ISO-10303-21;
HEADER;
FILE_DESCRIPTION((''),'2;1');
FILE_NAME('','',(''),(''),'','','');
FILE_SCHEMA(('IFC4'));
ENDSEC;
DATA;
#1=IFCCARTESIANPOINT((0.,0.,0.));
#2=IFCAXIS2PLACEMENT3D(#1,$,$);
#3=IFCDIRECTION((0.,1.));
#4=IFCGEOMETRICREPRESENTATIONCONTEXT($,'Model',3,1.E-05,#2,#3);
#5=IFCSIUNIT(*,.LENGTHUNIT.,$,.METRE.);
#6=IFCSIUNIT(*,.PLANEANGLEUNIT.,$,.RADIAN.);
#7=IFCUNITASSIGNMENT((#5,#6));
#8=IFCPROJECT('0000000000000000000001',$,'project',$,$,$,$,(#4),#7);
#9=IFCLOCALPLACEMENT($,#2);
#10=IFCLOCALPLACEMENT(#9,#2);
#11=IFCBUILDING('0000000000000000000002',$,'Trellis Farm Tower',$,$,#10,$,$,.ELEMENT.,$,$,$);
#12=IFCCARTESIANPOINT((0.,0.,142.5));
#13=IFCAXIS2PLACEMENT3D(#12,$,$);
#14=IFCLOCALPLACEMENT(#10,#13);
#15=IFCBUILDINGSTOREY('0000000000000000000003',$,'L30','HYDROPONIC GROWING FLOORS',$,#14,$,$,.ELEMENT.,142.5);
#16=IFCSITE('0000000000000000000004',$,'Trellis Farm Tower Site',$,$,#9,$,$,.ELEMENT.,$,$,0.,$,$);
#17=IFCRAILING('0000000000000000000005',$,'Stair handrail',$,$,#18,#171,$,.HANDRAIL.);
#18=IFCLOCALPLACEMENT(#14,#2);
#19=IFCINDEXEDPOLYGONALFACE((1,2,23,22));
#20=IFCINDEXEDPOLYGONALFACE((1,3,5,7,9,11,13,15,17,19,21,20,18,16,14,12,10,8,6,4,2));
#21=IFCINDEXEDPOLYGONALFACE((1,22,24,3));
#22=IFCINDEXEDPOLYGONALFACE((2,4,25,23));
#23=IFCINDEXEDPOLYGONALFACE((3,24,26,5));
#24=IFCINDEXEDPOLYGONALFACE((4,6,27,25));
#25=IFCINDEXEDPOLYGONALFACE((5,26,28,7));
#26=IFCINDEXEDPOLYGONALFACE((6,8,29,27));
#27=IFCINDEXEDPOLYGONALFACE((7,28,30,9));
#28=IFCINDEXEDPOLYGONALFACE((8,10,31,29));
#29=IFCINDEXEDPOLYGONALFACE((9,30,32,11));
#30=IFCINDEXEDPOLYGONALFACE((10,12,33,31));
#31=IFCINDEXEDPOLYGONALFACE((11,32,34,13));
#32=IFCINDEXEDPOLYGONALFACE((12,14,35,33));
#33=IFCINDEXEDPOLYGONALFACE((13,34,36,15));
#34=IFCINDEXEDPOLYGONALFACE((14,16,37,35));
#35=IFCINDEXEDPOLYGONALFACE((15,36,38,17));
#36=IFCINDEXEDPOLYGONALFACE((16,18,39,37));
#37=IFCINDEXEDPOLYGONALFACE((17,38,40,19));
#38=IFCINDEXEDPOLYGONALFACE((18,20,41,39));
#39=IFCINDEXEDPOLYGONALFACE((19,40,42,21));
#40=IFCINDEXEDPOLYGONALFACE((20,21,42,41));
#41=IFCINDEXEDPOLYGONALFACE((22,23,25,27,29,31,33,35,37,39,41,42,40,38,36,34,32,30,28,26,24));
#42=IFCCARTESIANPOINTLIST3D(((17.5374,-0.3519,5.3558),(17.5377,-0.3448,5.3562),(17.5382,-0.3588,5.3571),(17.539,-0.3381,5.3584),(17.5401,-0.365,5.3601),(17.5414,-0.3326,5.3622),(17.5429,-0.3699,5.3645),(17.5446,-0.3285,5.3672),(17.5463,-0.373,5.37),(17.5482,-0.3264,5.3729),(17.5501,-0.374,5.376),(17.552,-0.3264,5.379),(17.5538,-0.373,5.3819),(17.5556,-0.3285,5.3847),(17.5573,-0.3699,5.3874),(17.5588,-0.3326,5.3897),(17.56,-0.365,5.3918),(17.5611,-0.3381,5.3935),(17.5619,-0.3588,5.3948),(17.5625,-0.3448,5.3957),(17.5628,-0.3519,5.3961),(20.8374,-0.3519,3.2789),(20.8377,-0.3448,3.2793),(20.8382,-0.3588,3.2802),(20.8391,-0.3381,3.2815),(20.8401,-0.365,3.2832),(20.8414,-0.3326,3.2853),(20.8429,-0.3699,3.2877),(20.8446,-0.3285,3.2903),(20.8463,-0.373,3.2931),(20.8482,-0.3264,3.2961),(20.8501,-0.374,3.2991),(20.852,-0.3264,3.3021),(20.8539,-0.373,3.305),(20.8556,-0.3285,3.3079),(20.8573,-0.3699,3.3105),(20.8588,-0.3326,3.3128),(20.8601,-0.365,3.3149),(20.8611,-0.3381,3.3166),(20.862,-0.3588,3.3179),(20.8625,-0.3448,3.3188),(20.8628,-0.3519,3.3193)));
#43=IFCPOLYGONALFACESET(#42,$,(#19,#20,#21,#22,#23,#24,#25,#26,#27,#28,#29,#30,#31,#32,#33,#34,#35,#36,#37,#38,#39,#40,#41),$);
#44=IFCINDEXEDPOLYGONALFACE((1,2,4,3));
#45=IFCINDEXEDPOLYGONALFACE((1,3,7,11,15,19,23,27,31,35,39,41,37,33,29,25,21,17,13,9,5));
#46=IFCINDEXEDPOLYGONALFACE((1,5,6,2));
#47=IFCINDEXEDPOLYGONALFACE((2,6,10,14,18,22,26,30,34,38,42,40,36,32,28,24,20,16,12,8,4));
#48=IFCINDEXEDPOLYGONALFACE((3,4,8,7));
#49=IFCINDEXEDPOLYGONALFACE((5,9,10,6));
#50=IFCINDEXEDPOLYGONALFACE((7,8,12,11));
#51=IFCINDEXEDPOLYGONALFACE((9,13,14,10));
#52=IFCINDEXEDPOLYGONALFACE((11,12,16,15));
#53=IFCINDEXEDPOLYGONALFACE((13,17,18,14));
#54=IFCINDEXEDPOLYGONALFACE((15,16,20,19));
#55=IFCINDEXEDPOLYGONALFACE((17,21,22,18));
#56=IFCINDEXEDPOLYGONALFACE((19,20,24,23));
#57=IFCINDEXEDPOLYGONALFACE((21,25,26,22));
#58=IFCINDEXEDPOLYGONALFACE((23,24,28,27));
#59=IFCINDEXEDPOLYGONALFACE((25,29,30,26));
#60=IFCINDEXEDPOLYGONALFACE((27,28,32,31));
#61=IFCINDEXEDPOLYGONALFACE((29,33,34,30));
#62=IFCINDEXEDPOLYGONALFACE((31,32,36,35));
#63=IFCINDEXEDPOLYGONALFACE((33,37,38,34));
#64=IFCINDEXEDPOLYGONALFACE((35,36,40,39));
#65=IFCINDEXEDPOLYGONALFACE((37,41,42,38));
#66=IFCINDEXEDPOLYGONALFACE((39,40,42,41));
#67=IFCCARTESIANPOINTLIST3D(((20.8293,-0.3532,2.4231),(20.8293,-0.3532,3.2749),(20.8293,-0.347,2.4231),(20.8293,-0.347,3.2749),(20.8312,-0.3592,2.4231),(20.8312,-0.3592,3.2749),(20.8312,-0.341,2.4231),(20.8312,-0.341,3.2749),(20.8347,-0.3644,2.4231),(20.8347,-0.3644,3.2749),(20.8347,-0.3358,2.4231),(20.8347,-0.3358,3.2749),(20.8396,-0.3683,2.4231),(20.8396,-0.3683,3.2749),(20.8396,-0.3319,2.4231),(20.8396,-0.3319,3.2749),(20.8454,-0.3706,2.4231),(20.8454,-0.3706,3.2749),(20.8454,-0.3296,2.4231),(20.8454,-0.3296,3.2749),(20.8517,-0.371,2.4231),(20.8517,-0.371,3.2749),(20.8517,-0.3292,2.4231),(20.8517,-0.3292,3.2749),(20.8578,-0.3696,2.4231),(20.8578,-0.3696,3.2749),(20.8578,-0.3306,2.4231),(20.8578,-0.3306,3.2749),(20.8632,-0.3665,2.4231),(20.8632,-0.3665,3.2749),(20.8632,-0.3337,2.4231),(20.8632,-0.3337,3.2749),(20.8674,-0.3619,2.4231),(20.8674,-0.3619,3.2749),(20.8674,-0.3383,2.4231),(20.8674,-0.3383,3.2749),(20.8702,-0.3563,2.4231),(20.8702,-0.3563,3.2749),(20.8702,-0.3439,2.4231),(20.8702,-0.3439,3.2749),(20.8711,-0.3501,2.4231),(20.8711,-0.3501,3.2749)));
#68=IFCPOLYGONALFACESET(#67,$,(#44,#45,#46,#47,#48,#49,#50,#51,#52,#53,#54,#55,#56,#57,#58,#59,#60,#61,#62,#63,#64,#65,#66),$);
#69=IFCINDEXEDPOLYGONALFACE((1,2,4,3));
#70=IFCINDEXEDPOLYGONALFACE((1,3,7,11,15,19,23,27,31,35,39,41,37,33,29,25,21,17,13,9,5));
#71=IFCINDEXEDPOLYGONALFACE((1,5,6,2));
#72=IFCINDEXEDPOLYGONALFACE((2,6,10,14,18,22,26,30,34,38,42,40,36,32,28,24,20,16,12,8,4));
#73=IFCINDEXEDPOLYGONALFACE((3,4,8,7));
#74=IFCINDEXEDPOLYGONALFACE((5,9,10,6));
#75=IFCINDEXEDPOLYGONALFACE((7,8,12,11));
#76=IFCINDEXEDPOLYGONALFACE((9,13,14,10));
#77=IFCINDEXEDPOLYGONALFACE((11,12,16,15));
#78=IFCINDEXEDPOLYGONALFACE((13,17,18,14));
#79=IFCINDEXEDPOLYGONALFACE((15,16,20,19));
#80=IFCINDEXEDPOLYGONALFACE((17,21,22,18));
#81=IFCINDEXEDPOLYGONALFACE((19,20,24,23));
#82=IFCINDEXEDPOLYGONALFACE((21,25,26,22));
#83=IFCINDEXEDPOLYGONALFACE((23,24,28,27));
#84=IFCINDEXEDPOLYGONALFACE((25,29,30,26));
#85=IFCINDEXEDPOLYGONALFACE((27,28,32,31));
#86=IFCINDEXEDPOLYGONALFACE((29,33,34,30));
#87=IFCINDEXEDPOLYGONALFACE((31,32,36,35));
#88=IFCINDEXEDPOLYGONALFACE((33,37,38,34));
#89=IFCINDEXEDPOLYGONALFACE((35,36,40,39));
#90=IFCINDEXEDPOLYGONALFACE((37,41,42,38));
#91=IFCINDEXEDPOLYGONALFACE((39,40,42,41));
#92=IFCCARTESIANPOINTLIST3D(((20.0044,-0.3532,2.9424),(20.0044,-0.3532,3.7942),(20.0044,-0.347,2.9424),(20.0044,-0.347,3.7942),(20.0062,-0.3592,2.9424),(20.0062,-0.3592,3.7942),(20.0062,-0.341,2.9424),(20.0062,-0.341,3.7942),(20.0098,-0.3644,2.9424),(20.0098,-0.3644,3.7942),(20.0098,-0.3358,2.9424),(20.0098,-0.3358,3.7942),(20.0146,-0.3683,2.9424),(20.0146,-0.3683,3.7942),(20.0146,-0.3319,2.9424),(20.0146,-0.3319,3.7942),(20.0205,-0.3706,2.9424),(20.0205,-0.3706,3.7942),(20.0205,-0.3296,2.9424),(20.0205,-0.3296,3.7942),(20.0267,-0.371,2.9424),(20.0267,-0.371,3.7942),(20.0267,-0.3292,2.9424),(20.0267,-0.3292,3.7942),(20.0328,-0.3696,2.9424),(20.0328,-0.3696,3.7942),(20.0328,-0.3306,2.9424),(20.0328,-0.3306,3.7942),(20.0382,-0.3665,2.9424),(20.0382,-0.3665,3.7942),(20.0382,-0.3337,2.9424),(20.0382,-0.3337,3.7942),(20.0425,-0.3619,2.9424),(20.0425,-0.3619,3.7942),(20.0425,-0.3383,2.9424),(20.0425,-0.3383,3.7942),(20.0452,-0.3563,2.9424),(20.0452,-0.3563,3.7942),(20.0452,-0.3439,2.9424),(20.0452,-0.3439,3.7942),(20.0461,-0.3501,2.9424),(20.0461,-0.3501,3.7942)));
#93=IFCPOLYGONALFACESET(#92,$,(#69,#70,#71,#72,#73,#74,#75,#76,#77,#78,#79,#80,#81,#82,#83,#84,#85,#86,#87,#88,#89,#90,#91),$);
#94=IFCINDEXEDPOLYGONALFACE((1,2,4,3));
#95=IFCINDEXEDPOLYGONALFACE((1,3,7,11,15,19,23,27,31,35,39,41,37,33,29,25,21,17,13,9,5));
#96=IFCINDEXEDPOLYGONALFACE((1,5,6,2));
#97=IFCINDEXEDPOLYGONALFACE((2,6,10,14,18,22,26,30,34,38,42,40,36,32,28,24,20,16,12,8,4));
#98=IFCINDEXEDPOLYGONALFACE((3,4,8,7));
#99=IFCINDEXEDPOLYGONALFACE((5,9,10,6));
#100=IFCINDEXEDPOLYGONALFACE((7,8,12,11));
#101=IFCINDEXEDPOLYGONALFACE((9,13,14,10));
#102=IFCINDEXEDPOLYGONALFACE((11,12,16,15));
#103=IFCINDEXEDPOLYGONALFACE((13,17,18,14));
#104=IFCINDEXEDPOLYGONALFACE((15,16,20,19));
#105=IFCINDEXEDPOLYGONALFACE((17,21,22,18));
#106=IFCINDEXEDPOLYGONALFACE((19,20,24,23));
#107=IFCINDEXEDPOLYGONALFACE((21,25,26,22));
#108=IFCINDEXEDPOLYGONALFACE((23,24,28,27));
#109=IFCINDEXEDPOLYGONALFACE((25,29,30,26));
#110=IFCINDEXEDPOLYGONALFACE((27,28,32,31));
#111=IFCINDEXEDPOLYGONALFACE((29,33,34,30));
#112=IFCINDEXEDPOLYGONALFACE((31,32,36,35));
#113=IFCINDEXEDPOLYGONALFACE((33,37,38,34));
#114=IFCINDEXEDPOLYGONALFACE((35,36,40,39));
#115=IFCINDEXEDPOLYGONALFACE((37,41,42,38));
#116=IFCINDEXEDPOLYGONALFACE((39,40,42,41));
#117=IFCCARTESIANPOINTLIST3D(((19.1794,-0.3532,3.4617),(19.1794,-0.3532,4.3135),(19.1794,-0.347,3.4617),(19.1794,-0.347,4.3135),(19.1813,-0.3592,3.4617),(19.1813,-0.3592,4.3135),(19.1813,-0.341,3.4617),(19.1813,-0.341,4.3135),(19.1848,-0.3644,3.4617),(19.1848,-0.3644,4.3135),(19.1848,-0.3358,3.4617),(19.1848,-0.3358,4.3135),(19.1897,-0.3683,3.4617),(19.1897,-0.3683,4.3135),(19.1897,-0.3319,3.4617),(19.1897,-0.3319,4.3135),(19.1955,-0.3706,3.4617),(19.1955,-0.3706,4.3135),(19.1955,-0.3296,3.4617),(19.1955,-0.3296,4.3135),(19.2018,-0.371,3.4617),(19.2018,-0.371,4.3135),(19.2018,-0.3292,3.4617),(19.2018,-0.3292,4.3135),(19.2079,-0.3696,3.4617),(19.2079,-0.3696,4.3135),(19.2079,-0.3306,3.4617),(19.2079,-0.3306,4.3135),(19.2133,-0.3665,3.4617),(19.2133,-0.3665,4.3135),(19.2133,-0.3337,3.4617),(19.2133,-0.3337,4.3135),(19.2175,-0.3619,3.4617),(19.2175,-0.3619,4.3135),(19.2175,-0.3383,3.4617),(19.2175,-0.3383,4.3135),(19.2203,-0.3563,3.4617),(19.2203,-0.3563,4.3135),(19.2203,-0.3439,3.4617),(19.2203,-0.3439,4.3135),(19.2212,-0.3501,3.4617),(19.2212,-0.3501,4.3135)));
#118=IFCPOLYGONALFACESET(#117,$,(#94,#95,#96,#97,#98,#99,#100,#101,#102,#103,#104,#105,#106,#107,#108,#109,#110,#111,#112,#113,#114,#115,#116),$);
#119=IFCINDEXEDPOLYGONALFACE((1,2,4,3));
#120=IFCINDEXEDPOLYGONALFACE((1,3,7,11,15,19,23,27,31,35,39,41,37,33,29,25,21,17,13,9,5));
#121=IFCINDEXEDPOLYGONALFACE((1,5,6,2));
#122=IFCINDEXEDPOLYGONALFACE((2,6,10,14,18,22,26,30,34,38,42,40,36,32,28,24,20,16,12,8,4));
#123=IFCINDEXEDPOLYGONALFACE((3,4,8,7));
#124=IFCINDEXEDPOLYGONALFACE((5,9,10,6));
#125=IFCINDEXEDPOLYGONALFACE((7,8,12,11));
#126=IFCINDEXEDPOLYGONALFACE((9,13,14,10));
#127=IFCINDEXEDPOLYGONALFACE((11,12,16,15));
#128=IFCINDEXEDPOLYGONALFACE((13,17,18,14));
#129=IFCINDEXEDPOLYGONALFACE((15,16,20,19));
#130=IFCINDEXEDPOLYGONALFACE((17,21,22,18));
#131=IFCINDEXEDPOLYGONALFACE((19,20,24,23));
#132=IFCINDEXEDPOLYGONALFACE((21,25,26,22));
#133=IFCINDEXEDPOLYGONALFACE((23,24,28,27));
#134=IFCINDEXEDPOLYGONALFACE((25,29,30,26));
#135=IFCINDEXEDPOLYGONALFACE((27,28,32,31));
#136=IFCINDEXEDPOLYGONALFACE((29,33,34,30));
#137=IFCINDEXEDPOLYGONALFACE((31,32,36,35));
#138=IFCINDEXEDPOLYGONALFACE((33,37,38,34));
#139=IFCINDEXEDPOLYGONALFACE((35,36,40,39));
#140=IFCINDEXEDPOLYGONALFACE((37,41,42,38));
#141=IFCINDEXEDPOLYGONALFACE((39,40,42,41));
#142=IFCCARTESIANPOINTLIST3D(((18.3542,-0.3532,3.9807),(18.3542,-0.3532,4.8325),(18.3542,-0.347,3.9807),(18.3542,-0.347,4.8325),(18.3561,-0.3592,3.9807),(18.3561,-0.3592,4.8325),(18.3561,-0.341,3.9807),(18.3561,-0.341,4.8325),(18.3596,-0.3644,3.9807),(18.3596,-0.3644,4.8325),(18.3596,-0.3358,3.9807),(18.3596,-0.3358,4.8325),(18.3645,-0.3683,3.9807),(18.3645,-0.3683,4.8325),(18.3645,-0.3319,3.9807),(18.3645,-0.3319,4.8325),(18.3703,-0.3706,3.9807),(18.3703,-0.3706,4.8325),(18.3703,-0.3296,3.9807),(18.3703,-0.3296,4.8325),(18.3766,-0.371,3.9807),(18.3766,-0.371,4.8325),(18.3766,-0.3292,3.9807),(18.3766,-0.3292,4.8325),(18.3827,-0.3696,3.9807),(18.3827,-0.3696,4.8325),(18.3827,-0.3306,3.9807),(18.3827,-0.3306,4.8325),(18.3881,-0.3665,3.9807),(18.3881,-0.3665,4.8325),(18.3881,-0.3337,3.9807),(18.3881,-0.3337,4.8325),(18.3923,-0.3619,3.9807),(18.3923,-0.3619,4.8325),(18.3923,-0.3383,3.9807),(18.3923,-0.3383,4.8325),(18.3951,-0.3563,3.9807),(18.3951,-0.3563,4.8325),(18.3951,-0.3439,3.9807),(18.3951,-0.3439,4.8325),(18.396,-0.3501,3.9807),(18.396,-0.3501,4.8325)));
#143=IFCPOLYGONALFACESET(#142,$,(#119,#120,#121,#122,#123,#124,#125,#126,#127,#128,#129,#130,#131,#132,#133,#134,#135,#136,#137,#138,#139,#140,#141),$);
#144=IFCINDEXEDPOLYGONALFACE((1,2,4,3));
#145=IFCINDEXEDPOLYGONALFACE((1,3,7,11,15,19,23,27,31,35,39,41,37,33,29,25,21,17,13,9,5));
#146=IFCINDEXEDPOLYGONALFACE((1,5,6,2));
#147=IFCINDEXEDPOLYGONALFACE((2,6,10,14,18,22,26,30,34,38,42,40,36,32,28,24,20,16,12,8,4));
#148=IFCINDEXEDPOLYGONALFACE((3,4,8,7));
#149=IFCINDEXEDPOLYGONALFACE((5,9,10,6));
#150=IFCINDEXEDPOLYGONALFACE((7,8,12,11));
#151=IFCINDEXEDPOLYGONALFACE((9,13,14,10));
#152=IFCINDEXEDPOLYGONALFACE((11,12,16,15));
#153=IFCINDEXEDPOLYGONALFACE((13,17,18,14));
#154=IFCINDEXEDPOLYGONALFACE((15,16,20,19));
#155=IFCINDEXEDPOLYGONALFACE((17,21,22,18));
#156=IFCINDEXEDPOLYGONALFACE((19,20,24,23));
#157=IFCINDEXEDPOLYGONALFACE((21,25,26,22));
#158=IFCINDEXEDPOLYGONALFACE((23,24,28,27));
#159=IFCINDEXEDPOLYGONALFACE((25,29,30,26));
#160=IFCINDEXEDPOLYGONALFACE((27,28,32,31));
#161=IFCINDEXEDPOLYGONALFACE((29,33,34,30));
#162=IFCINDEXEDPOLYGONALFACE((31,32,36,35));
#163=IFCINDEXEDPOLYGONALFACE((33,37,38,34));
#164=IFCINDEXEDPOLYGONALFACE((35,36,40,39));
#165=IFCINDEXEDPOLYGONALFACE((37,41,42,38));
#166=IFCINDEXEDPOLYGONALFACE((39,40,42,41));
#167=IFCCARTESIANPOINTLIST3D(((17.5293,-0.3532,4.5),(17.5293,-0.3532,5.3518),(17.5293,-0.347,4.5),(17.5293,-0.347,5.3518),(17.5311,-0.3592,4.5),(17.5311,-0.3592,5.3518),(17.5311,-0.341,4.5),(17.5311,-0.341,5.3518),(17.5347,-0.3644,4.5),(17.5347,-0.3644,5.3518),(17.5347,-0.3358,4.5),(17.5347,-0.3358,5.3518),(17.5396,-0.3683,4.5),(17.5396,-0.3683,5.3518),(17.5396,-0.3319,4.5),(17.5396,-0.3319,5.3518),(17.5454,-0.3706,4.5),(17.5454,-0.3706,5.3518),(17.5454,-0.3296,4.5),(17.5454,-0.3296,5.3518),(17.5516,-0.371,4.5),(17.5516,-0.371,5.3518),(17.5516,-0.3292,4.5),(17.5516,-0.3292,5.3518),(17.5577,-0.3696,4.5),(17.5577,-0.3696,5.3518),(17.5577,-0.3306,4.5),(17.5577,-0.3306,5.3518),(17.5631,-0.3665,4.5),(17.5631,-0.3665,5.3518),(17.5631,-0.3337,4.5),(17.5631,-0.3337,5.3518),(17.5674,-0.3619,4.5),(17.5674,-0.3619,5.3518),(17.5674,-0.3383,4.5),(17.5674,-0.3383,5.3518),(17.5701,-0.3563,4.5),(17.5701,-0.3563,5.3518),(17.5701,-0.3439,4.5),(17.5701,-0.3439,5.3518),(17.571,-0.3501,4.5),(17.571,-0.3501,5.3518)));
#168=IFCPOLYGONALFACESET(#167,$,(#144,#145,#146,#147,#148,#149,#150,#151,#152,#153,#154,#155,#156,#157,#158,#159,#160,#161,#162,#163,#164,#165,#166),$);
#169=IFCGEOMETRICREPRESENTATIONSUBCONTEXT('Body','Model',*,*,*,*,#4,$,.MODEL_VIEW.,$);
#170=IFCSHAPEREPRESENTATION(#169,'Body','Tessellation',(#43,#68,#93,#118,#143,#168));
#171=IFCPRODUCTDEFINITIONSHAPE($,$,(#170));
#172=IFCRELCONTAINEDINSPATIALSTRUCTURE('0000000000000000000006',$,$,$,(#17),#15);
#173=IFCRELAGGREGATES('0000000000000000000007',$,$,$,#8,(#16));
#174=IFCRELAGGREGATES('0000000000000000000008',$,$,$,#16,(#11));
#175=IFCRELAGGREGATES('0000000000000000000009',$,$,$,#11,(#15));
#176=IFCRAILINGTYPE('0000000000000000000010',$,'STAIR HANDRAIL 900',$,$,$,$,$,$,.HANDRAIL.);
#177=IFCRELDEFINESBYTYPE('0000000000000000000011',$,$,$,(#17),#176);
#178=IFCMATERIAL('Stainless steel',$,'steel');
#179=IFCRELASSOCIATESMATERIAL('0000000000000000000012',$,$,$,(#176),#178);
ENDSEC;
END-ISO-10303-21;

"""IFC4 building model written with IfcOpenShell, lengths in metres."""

from ifc_helpers import new_model, si_unit, direction, frame, origin, origin_2d, place, context, subcontext, project, spatial, circle, extrude, source, transform, mapped, material, type_object, element, save


model = new_model("IFC4")

# Units and contexts
model_context = context("Model", 3, precision=1e-05, world=origin(), true_north=direction((0.0, 1.0)))
body_context = subcontext(model_context, "Body", "Model", "MODEL_VIEW")
ifc_project = project(units=[si_unit("LENGTHUNIT", "METRE"), si_unit("PLANEANGLEUNIT", "RADIAN")], contexts=[model_context])

# Site, building, storey
site_placement = place(None, origin())
site = spatial("IfcSite", under=ifc_project, at=site_placement, Name="Trellis Farm Tower Site", CompositionType="ELEMENT", RefElevation=0.0)
building_placement = place(site_placement, origin())
building = spatial("IfcBuilding", under=site, at=building_placement, Name="Trellis Farm Tower", CompositionType="ELEMENT")
storey_placement = place(building_placement, frame((0.0, 0.0, 142.5)))
storey = spatial("IfcBuildingStorey", under=building, at=storey_placement, Name="L30", Description="HYDROPONIC GROWING FLOORS", CompositionType="ELEMENT", Elevation=142.5)

# Railing
ifc_material_1 = material(Name="Stainless steel", Category="steel")
railing_type = type_object("IfcRailingType", Name="STAIR HANDRAIL 900", PredefinedType="HANDRAIL", material=ifc_material_1)
shared_shape_1 = source(origin(), body_context, "Body", "SweptSolid", [
    extrude(circle(Radius=0.0239, at=origin_2d()), frame((0.0, 0.0, 0.876), z_axis=(-0.846337, 0.0, 0.532647), x_axis=(0.0, -1.0, 0.0)), (0.0, 0.0, 1.0), 3.8992),
    extrude(circle(Radius=0.021, at=origin_2d()), origin(), (0.0, 0.0, 1.0), 0.8518),
    extrude(circle(Radius=0.021, at=origin_2d()), frame((-0.825, 0.0, 0.5193)), (0.0, 0.0, 1.0), 0.8518),
    extrude(circle(Radius=0.021, at=origin_2d()), frame((-1.6499, 0.0, 1.0386)), (0.0, 0.0, 1.0), 0.8518),
    extrude(circle(Radius=0.021, at=origin_2d()), frame((-2.4751, 0.0, 1.5576)), (0.0, 0.0, 1.0), 0.8518),
    extrude(circle(Radius=0.021, at=origin_2d()), frame((-3.3, 0.0, 2.0769)), (0.0, 0.0, 1.0), 0.8518),
])
for number, where, name in (
    (1, (20.8501, -0.3501, 2.4231), "Stair handrail"),
):
    element("IfcRailing", number, at=place(storey_placement, frame(where)), inside=storey, type_object=railing_type, Name=name, PredefinedType="HANDRAIL", context=body_context, shape_type="MappedRepresentation", body=[
        mapped(shared_shape_1, transform((0.0, 0.0, 0.0))),
    ])

save(model, "model.ifc")
